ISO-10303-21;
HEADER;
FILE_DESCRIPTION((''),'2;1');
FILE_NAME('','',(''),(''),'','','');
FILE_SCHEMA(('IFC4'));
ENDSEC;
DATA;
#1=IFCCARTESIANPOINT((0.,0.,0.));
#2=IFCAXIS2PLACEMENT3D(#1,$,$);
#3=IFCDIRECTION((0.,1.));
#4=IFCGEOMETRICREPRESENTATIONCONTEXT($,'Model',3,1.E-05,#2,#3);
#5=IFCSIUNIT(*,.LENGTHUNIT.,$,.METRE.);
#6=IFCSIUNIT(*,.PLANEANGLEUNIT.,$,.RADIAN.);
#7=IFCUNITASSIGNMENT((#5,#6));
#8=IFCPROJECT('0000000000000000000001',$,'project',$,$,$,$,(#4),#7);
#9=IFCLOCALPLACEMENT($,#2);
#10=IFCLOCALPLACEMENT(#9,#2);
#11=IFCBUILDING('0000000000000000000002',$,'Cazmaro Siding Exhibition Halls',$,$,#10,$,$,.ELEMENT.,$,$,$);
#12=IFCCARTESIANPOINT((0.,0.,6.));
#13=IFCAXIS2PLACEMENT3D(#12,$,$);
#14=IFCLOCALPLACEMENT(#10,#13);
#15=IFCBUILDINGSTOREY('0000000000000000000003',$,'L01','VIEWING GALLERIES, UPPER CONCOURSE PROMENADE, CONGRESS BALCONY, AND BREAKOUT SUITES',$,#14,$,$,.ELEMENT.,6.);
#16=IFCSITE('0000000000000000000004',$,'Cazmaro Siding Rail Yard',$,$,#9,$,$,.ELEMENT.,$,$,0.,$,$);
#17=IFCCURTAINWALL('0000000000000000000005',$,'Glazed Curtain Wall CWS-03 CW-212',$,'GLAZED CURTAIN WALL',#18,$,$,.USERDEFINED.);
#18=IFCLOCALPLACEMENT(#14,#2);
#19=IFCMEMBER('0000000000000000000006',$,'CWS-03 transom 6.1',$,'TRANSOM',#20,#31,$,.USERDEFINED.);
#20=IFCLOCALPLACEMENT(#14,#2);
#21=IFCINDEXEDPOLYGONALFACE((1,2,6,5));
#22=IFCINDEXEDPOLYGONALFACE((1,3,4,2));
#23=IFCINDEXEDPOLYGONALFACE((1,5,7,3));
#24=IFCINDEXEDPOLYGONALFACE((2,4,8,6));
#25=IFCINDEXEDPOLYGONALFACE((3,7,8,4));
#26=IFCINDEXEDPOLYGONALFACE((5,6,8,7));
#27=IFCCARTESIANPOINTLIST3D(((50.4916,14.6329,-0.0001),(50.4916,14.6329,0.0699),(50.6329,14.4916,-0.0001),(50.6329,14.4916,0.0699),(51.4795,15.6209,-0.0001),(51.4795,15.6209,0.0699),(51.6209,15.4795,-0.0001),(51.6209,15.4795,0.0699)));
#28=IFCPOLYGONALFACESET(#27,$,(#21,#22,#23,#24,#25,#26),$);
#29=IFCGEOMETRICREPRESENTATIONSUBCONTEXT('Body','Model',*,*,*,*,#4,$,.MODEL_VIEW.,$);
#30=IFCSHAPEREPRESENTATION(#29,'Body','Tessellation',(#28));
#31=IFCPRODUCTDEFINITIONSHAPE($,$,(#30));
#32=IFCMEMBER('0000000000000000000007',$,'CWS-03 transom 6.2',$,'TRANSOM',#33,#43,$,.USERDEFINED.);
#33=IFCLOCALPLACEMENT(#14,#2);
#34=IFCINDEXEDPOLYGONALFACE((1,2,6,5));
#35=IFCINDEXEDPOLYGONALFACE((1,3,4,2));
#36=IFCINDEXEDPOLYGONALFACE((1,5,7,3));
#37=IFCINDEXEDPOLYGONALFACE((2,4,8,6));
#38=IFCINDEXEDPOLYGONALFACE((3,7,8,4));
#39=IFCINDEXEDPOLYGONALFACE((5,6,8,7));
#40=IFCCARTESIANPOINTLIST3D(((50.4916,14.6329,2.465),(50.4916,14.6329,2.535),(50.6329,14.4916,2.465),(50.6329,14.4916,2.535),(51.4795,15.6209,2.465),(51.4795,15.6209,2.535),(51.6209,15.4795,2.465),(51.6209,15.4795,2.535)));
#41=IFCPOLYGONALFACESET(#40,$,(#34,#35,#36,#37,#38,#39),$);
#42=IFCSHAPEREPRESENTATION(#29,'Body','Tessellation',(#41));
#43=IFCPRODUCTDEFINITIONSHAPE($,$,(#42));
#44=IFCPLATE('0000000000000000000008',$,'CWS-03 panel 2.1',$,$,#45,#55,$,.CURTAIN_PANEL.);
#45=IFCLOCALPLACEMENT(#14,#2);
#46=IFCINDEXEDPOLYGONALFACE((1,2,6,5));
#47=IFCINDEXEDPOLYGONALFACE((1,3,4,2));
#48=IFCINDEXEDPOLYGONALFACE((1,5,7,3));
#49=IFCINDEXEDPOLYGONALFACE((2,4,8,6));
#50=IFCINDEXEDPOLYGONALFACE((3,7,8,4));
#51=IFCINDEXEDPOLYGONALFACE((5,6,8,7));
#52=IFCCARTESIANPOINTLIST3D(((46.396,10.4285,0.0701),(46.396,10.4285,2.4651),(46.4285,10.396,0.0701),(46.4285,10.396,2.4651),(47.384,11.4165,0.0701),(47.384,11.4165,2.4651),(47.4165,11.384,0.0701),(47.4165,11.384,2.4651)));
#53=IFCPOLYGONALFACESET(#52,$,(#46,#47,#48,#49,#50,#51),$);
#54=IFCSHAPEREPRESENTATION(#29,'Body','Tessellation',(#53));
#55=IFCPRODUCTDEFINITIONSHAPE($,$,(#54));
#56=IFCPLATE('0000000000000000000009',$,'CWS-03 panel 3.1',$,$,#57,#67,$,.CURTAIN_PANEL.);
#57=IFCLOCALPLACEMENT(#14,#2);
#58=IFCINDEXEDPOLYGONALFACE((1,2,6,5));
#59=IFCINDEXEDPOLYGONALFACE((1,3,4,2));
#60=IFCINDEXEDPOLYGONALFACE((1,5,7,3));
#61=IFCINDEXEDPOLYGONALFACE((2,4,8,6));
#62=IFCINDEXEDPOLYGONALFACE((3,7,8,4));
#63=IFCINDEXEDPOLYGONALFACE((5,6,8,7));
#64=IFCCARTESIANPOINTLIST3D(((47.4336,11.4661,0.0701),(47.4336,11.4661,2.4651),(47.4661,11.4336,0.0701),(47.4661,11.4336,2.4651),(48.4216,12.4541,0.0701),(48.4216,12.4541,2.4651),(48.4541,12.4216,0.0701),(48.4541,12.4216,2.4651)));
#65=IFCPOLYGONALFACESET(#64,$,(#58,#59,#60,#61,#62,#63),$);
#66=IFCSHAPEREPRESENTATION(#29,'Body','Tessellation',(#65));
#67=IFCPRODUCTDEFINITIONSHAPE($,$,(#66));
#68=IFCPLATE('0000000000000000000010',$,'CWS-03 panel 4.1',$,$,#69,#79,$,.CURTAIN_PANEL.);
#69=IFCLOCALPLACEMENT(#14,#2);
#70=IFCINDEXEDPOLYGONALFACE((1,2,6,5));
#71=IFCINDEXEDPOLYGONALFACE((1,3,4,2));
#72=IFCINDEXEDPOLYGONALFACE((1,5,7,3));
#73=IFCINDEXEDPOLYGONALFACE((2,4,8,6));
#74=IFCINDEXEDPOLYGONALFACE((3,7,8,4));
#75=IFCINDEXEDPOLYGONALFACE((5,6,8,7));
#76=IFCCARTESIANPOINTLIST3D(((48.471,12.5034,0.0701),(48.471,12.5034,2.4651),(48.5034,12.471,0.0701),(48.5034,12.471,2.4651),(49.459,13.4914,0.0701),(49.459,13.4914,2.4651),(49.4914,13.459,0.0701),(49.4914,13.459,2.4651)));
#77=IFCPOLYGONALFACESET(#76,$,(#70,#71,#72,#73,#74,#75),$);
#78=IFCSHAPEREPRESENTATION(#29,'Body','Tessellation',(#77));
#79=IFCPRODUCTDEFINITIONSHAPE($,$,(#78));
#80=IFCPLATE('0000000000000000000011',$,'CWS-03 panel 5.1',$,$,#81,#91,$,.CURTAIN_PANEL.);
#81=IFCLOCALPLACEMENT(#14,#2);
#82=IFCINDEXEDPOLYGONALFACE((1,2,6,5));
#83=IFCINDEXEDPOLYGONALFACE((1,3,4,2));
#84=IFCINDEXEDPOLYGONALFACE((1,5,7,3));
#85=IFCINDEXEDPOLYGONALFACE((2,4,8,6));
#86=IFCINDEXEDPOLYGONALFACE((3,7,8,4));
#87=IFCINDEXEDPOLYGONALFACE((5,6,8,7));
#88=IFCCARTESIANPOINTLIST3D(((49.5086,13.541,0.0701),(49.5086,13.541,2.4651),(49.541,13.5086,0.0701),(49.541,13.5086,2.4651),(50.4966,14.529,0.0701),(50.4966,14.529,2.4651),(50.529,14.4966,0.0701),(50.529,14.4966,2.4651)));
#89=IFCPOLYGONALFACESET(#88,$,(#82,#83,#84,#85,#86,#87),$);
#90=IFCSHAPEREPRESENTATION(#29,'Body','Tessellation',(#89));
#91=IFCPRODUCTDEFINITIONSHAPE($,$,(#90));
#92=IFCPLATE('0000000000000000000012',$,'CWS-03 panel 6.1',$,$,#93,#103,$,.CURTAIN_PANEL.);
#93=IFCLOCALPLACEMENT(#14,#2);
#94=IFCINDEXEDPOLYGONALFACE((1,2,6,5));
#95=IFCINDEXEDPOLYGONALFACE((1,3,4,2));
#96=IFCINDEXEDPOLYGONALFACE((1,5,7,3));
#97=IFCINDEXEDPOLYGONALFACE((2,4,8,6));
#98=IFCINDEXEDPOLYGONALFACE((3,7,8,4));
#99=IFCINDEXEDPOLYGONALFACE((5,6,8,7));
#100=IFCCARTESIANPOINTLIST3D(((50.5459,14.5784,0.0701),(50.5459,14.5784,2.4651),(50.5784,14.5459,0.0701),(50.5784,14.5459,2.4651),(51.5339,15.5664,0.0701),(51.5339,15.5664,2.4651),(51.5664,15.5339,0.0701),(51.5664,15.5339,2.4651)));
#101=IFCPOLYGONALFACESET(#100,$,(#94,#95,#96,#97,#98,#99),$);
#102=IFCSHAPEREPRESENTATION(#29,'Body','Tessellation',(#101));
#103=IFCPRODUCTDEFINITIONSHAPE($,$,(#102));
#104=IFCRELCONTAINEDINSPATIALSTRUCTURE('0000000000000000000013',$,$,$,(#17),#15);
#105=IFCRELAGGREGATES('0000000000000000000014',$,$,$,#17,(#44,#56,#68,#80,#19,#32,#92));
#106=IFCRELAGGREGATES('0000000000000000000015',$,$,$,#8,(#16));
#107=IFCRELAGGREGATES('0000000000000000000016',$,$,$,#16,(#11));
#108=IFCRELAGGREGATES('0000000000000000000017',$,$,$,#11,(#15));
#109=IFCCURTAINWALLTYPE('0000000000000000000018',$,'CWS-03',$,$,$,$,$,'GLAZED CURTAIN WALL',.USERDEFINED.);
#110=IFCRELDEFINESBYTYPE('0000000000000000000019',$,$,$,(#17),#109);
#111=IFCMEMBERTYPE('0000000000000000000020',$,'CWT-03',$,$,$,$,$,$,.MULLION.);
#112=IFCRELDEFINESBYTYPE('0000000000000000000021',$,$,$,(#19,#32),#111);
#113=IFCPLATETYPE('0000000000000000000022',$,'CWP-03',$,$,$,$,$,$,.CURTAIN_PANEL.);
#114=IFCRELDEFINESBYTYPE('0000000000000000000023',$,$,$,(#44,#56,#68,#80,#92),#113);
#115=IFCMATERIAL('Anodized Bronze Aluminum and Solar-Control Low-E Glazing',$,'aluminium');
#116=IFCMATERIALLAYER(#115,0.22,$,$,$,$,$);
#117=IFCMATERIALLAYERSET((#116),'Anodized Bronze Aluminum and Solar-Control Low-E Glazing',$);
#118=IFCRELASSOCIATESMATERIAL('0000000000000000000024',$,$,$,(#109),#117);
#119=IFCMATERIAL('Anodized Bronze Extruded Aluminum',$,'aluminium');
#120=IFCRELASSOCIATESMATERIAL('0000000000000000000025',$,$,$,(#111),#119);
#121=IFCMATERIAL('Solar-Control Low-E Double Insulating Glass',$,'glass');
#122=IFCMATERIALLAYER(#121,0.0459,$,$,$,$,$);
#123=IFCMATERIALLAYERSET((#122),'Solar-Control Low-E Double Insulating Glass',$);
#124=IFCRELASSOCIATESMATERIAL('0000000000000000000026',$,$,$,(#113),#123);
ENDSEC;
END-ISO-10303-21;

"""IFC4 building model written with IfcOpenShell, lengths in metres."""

from ifc_helpers import new_model, si_unit, direction, frame, origin, origin_2d, place, context, subcontext, project, spatial, rectangle, extrude, material, layer, layer_set, material_profile, profile_set, type_object, element, aggregate, save


model = new_model("IFC4")

# Units and contexts
model_context = context("Model", 3, precision=1e-05, world=origin(), true_north=direction((0.0, 1.0)))
body_context = subcontext(model_context, "Body", "Model", "MODEL_VIEW")
ifc_project = project(units=[si_unit("LENGTHUNIT", "METRE"), si_unit("PLANEANGLEUNIT", "RADIAN")], contexts=[model_context])

# Site, building, storey
site_placement = place(None, origin())
site = spatial("IfcSite", under=ifc_project, at=site_placement, Name="Cazmaro Siding Rail Yard", CompositionType="ELEMENT", RefElevation=0.0)
building_placement = place(site_placement, origin())
building = spatial("IfcBuilding", under=site, at=building_placement, Name="Cazmaro Siding Exhibition Halls", CompositionType="ELEMENT")
storey_placement = place(building_placement, frame((0.0, 0.0, 6.0)))
storey = spatial("IfcBuildingStorey", under=building, at=storey_placement, Name="L01", Description="VIEWING GALLERIES, UPPER CONCOURSE PROMENADE, CONGRESS BALCONY, AND BREAKOUT SUITES", CompositionType="ELEMENT", Elevation=6.0)

# Curtain wall, members, plates
ifc_material_1 = material(Name="Anodized Bronze Aluminum and Solar-Control Low-E Glazing", Category="aluminium")
ifc_layer_1 = layer(ifc_material_1, 0.22)
ifc_layer_set_1 = layer_set([ifc_layer_1], Name="Anodized Bronze Aluminum and Solar-Control Low-E Glazing")
curtain_wall_type = type_object("IfcCurtainWallType", Name="CWS-03", ElementType="GLAZED CURTAIN WALL", PredefinedType="USERDEFINED", material=ifc_layer_set_1)
curtain_wall_placement = place(storey_placement, origin())
curtain_wall = element("IfcCurtainWall", 1, at=curtain_wall_placement, inside=storey, type_object=curtain_wall_type, Name="Glazed Curtain Wall CWS-03 CW-212", ObjectType="GLAZED CURTAIN WALL", PredefinedType="USERDEFINED")
ifc_material_2 = material(Name="Anodized Bronze Extruded Aluminum", Category="aluminium")
ifc_material_profile_1 = material_profile(ifc_material_2, rectangle(XDim=0.2, YDim=0.0701, at=origin_2d()), Name="CWT-03")
ifc_profile_set_1 = profile_set([ifc_material_profile_1], Name="Anodized Bronze Extruded Aluminum")
member_type_1 = type_object("IfcMemberType", Name="CWT-03", PredefinedType="MULLION", material=ifc_profile_set_1)
member_1_placement = place(storey_placement, frame((50.5623, 14.5623, 0.0349), z_axis=(0.707107, 0.707107, 0.0), x_axis=(-0.707107, 0.707107, 0.0)))
member_1 = element("IfcMember", 2, at=member_1_placement, type_object=member_type_1, Name="CWS-03 transom 6.1", ObjectType="TRANSOM", PredefinedType="USERDEFINED", context=body_context, shape_type="SweptSolid", body=[
    extrude(rectangle(XDim=0.2, YDim=0.0701, at=origin_2d()), origin(), (0.0, 0.0, 1.0), 1.3972),
])
member_2_placement = place(storey_placement, frame((50.5623, 14.5623, 2.5), z_axis=(0.707107, 0.707107, 0.0), x_axis=(-0.707107, 0.707107, 0.0)))
member_2 = element("IfcMember", 3, at=member_2_placement, type_object=member_type_1, Name="CWS-03 transom 6.2", ObjectType="TRANSOM", PredefinedType="USERDEFINED", context=body_context, shape_type="SweptSolid", body=[
    extrude(rectangle(XDim=0.2, YDim=0.0701, at=origin_2d()), origin(), (0.0, 0.0, 1.0), 1.3972),
])
ifc_material_3 = material(Name="Solar-Control Low-E Double Insulating Glass", Category="glass")
ifc_layer_2 = layer(ifc_material_3, 0.0459)
ifc_layer_set_2 = layer_set([ifc_layer_2], Name="Solar-Control Low-E Double Insulating Glass")
plate_type = type_object("IfcPlateType", Name="CWP-03", PredefinedType="CURTAIN_PANEL", material=ifc_layer_set_2)
plate_1_placement = place(storey_placement, frame((46.9062, 10.9062, 0.0701), z_axis=(0.0, 0.0, 1.0), x_axis=(0.707107, 0.707107, 0.0)))
plate_1 = element("IfcPlate", 4, at=plate_1_placement, type_object=plate_type, Name="CWS-03 panel 2.1", PredefinedType="CURTAIN_PANEL", context=body_context, shape_type="SweptSolid", body=[
    extrude(rectangle(XDim=1.3972, YDim=0.0459, at=origin_2d()), origin(), (0.0, 0.0, 1.0), 2.395),
])
plate_2_placement = place(storey_placement, frame((47.9438, 11.9438, 0.0701), z_axis=(0.0, 0.0, 1.0), x_axis=(0.707107, 0.707107, 0.0)))
plate_2 = element("IfcPlate", 5, at=plate_2_placement, type_object=plate_type, Name="CWS-03 panel 3.1", PredefinedType="CURTAIN_PANEL", context=body_context, shape_type="SweptSolid", body=[
    extrude(rectangle(XDim=1.3972, YDim=0.0459, at=origin_2d()), origin(), (0.0, 0.0, 1.0), 2.395),
])
plate_3_placement = place(storey_placement, frame((48.9812, 12.9812, 0.0701), z_axis=(0.0, 0.0, 1.0), x_axis=(0.707107, 0.707107, 0.0)))
plate_3 = element("IfcPlate", 6, at=plate_3_placement, type_object=plate_type, Name="CWS-03 panel 4.1", PredefinedType="CURTAIN_PANEL", context=body_context, shape_type="SweptSolid", body=[
    extrude(rectangle(XDim=1.3972, YDim=0.0459, at=origin_2d()), origin(), (0.0, 0.0, 1.0), 2.395),
])
plate_4_placement = place(storey_placement, frame((50.0188, 14.0188, 0.0701), z_axis=(0.0, 0.0, 1.0), x_axis=(0.707107, 0.707107, 0.0)))
plate_4 = element("IfcPlate", 7, at=plate_4_placement, type_object=plate_type, Name="CWS-03 panel 5.1", PredefinedType="CURTAIN_PANEL", context=body_context, shape_type="SweptSolid", body=[
    extrude(rectangle(XDim=1.3972, YDim=0.0459, at=origin_2d()), origin(), (0.0, 0.0, 1.0), 2.395),
])
plate_5_placement = place(storey_placement, frame((51.0562, 15.0562, 0.0701), z_axis=(0.0, 0.0, 1.0), x_axis=(0.707107, 0.707107, 0.0)))
plate_5 = element("IfcPlate", 8, at=plate_5_placement, type_object=plate_type, Name="CWS-03 panel 6.1", PredefinedType="CURTAIN_PANEL", context=body_context, shape_type="SweptSolid", body=[
    extrude(rectangle(XDim=1.3972, YDim=0.0459, at=origin_2d()), origin(), (0.0, 0.0, 1.0), 2.395),
])
aggregate(curtain_wall, [plate_1, plate_2, plate_3, plate_4, member_1, member_2, plate_5])

save(model, "model.ifc")
